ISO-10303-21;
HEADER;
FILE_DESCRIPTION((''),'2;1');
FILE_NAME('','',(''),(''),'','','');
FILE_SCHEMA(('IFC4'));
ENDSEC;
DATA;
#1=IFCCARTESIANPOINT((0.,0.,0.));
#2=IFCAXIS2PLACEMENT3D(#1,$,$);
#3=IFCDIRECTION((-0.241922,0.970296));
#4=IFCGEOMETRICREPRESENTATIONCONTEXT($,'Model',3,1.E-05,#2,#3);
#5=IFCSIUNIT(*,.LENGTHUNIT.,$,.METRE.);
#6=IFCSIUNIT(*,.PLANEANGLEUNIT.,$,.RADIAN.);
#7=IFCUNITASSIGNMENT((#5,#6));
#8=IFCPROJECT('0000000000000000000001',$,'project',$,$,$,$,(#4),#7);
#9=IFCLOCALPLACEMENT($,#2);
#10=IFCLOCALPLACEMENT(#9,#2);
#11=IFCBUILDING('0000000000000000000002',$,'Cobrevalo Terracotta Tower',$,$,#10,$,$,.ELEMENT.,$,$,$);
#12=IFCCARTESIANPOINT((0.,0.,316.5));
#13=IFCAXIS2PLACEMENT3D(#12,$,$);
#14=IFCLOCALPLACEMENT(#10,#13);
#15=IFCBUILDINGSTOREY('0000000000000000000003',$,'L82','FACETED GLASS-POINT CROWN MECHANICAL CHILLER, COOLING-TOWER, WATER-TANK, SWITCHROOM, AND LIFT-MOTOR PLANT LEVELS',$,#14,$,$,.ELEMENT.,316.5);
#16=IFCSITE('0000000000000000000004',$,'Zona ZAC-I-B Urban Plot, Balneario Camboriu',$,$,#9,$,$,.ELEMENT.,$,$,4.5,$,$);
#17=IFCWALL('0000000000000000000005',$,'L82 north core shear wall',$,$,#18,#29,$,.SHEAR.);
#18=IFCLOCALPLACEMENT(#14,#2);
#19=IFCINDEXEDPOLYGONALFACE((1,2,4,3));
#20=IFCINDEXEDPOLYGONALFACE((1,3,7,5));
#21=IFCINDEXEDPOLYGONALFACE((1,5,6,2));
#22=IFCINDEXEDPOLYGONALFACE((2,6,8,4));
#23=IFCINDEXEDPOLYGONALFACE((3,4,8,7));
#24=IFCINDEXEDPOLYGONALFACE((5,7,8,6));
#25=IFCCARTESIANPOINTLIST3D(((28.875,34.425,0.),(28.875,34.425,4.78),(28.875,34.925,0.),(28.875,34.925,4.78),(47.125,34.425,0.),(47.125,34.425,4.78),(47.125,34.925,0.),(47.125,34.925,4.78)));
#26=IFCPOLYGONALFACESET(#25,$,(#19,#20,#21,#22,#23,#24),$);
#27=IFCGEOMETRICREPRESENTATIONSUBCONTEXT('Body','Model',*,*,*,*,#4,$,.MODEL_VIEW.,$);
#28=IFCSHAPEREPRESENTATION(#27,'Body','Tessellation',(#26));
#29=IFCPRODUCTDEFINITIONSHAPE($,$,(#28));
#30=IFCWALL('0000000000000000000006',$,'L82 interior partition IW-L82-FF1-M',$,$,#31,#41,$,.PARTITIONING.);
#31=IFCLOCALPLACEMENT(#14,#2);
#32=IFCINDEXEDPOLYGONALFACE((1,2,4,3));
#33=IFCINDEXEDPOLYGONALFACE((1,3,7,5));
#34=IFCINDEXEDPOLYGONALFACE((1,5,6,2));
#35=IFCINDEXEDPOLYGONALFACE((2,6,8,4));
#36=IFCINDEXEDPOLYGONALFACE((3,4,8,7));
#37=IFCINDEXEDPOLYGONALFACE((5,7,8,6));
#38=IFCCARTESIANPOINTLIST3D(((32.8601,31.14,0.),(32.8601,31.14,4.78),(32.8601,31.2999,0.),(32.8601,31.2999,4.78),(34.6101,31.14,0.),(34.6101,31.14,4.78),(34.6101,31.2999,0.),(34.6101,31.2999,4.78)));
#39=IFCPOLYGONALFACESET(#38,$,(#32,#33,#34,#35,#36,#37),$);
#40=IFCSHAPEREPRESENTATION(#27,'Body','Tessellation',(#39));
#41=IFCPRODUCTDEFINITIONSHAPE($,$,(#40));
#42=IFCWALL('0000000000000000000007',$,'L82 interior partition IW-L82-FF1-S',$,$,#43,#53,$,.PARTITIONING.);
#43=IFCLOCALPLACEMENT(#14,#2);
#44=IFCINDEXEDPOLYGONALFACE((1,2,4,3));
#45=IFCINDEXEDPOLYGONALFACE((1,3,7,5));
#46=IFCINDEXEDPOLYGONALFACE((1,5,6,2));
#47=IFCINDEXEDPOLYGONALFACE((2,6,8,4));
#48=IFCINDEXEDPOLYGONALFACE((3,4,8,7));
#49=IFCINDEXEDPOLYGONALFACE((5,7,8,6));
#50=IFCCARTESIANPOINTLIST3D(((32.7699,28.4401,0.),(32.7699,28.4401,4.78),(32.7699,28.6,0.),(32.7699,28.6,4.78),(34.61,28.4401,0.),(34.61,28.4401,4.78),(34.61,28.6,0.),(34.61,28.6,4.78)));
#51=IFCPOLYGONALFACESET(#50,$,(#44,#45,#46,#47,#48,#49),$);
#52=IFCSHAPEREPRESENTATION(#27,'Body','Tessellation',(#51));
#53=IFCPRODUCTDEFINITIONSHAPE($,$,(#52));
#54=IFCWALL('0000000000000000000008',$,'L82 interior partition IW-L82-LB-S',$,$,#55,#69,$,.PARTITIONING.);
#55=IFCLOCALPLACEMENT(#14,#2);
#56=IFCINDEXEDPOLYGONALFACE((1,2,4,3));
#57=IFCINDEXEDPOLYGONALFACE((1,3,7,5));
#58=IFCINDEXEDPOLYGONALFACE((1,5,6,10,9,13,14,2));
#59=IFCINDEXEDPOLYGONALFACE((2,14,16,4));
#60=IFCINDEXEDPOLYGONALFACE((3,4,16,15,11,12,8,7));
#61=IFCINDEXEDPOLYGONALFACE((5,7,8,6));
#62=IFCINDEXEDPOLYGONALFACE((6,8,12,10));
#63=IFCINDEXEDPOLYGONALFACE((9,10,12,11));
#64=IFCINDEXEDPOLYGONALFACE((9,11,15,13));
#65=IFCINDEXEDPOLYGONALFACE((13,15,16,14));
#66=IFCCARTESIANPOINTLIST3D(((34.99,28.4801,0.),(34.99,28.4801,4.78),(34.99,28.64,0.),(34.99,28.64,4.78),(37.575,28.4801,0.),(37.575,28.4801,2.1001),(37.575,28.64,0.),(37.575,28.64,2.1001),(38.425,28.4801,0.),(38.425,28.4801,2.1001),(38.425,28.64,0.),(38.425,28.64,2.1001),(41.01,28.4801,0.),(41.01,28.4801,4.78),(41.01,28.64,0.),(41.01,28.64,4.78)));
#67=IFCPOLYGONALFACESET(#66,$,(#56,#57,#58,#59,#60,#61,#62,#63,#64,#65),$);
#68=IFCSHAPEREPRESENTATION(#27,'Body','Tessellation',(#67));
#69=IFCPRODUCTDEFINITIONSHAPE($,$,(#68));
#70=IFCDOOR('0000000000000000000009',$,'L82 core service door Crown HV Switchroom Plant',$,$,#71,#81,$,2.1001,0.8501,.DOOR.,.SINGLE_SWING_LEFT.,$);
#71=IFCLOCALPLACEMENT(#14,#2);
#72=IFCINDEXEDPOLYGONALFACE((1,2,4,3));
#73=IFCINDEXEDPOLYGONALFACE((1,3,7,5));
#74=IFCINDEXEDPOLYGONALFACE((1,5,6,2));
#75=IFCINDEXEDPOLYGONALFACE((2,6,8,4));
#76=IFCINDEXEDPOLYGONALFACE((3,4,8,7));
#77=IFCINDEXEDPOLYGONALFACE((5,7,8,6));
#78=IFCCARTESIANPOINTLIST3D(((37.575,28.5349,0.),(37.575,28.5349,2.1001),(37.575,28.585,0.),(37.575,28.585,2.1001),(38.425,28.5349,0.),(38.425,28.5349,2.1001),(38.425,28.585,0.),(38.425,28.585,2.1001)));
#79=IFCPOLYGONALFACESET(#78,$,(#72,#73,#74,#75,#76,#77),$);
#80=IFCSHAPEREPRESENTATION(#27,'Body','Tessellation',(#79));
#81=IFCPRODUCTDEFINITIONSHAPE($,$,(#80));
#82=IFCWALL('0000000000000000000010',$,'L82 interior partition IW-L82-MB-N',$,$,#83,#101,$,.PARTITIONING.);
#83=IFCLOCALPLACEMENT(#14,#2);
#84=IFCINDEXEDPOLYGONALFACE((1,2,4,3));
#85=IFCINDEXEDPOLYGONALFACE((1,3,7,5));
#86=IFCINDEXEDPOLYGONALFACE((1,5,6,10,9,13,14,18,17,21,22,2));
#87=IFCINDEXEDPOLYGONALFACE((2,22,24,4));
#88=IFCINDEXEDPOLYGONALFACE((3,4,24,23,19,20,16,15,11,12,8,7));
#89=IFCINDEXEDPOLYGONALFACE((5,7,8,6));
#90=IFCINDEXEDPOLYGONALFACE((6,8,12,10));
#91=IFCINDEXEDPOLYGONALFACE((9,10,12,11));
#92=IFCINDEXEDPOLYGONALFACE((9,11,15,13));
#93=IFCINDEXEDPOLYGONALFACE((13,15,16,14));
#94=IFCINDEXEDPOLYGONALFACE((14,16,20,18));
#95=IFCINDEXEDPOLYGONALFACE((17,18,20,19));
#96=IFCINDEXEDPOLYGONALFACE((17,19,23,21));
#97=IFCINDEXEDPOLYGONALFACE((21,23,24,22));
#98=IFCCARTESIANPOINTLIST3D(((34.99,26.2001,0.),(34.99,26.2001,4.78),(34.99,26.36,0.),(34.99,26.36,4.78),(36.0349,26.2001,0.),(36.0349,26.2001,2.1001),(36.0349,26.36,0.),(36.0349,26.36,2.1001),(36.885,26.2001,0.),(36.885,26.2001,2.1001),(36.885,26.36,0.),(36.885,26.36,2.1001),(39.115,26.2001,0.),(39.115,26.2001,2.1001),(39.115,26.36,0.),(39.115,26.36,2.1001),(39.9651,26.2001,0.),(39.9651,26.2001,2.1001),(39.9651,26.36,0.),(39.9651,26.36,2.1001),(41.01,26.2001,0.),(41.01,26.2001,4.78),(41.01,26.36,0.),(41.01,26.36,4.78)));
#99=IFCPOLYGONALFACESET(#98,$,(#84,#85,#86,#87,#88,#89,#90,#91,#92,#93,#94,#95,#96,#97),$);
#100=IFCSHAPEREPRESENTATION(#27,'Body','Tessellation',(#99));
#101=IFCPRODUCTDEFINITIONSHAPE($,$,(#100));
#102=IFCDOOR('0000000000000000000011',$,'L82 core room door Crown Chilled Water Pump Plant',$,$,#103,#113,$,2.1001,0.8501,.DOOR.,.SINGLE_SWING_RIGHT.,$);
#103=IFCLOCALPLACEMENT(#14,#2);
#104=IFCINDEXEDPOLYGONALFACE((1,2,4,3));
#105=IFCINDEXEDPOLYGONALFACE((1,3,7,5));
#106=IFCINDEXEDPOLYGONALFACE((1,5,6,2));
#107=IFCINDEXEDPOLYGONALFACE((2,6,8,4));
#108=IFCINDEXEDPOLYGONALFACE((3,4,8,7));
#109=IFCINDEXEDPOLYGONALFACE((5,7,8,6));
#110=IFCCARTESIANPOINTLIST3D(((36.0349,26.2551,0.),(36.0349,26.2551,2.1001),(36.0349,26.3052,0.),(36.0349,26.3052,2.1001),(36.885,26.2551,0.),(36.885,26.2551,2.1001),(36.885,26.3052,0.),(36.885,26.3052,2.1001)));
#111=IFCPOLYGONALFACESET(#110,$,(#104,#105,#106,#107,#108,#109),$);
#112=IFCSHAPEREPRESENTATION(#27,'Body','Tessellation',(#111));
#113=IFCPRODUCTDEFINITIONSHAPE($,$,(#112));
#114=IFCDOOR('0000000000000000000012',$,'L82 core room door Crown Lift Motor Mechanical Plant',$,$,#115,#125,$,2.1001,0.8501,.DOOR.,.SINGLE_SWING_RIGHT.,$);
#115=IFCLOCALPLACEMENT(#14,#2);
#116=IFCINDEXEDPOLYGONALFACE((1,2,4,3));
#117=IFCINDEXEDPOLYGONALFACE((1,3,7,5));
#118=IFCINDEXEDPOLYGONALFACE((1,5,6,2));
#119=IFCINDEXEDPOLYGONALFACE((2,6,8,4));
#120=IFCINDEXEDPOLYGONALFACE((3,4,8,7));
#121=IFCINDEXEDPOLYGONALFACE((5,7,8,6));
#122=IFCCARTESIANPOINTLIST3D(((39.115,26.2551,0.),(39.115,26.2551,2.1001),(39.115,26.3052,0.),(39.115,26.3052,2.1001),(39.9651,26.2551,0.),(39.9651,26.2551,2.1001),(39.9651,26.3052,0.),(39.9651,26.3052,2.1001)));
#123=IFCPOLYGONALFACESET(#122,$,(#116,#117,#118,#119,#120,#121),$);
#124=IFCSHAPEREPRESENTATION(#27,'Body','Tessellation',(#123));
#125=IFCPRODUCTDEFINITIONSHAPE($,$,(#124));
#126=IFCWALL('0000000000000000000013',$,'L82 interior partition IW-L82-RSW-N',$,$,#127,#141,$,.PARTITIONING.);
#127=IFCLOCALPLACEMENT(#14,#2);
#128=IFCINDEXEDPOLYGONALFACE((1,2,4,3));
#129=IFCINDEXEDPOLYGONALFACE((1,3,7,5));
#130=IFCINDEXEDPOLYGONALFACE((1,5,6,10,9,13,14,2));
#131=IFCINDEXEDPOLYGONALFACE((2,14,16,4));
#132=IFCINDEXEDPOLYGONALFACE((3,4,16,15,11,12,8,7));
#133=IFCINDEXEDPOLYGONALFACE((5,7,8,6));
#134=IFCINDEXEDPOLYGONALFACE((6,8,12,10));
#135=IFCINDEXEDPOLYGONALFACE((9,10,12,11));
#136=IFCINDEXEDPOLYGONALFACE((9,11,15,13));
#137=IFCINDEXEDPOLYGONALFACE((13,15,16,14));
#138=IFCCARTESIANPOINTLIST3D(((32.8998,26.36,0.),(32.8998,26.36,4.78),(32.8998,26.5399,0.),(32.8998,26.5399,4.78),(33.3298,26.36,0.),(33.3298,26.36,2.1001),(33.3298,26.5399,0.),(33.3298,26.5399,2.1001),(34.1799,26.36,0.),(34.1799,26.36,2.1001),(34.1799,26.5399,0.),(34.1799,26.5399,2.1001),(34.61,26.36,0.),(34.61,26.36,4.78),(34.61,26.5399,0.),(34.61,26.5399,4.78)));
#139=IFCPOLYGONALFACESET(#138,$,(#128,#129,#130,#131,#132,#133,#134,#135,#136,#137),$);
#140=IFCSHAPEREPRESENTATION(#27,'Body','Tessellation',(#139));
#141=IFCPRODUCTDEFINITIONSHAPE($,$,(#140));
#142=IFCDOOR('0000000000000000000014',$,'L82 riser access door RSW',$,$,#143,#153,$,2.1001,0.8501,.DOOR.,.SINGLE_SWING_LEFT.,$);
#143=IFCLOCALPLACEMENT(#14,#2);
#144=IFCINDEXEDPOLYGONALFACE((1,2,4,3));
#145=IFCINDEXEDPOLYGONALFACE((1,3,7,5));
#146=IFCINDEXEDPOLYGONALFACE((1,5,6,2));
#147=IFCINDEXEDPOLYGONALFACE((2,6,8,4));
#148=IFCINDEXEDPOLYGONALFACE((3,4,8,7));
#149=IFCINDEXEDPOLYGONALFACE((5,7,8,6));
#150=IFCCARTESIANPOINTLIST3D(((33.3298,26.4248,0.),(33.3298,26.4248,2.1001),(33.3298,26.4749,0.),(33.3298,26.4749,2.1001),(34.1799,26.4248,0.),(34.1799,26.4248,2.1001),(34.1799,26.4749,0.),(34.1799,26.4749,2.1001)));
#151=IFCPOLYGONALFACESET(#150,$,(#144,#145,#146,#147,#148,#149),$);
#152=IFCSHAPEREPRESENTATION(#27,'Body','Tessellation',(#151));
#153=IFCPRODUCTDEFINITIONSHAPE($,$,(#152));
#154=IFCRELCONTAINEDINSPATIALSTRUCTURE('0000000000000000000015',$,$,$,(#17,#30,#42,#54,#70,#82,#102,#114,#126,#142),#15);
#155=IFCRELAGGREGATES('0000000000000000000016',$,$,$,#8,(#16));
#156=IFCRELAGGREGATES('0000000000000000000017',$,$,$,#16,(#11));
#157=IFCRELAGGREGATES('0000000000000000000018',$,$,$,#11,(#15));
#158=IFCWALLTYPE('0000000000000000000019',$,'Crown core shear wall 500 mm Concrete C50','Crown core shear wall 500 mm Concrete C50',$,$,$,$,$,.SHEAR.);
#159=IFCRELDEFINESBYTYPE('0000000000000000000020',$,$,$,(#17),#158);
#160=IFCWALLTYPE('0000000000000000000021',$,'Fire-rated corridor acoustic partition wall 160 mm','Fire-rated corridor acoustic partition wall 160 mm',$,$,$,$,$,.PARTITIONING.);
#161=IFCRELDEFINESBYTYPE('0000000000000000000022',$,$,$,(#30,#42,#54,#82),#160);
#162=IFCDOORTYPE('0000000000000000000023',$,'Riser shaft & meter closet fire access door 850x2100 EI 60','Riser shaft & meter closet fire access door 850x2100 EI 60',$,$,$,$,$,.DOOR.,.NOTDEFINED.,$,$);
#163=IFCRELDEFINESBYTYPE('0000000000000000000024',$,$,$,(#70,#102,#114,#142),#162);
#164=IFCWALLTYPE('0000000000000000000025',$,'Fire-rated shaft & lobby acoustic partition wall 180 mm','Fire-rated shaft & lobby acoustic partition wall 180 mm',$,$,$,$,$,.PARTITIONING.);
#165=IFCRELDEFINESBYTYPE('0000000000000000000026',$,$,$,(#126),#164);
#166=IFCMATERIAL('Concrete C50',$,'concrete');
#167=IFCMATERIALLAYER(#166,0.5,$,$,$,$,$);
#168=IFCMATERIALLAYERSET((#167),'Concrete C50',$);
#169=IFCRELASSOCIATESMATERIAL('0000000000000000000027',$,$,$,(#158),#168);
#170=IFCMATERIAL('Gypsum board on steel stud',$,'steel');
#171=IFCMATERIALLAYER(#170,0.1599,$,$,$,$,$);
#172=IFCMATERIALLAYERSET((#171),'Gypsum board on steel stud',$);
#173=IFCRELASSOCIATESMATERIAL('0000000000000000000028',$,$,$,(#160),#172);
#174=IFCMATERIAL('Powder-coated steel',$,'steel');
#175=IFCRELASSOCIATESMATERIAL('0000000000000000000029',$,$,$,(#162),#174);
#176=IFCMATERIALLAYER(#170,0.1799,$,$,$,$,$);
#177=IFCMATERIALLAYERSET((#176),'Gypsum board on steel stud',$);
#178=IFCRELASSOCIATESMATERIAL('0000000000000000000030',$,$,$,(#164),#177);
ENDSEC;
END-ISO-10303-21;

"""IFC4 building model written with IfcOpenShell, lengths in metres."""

from ifc_helpers import new_model, si_unit, direction, frame, frame_2d, origin, place, context, subcontext, project, spatial, rectangle, extrude, source, transform, mapped, material, layer, layer_set, type_object, element, fill, save


model = new_model("IFC4")

# Units and contexts
model_context = context("Model", 3, precision=1e-05, world=origin(), true_north=direction((-0.241922, 0.970296)))
body_context = subcontext(model_context, "Body", "Model", "MODEL_VIEW")
ifc_project = project(units=[si_unit("LENGTHUNIT", "METRE"), si_unit("PLANEANGLEUNIT", "RADIAN")], contexts=[model_context])

# Site, building, storey
site_placement = place(None, origin())
site = spatial("IfcSite", under=ifc_project, at=site_placement, Name="Zona ZAC-I-B Urban Plot, Balneario Camboriu", CompositionType="ELEMENT", RefElevation=4.5)
building_placement = place(site_placement, origin())
building = spatial("IfcBuilding", under=site, at=building_placement, Name="Cobrevalo Terracotta Tower", CompositionType="ELEMENT")
storey_placement = place(building_placement, frame((0.0, 0.0, 316.5)))
storey = spatial("IfcBuildingStorey", under=building, at=storey_placement, Name="L82", Description="FACETED GLASS-POINT CROWN MECHANICAL CHILLER, COOLING-TOWER, WATER-TANK, SWITCHROOM, AND LIFT-MOTOR PLANT LEVELS", CompositionType="ELEMENT", Elevation=316.5)

# Shared definitions
ifc_material_1 = material(Name="Concrete C50", Category="concrete")

# Walls
ifc_layer_1 = layer(ifc_material_1, 0.5)
ifc_layer_set_1 = layer_set([ifc_layer_1], Name="Concrete C50")
wall_type_1 = type_object("IfcWallType", Name="Crown core shear wall 500 mm Concrete C50", Description="Crown core shear wall 500 mm Concrete C50", PredefinedType="SHEAR", material=ifc_layer_set_1)
wall_1_placement = place(storey_placement, frame((28.875, 34.675, 0.0), z_axis=(0.0, 0.0, 1.0), x_axis=(1.0, 0.0, 0.0)))
element("IfcWall", 1, at=wall_1_placement, inside=storey, type_object=wall_type_1, Name="L82 north core shear wall", PredefinedType="SHEAR", context=body_context, shape_type="SweptSolid", body=[
    extrude(rectangle(XDim=18.25, YDim=0.5, at=frame_2d((9.125, 0.0))), origin(), (0.0, 0.0, 1.0), 4.78),
])
ifc_material_2 = material(Name="Gypsum board on steel stud", Category="steel")
ifc_layer_2 = layer(ifc_material_2, 0.1599)
ifc_layer_set_2 = layer_set([ifc_layer_2], Name="Gypsum board on steel stud")
wall_type_2 = type_object("IfcWallType", Name="Fire-rated corridor acoustic partition wall 160 mm", Description="Fire-rated corridor acoustic partition wall 160 mm", PredefinedType="PARTITIONING", material=ifc_layer_set_2)
wall_2_placement = place(storey_placement, frame((32.8601, 31.22, 0.0), z_axis=(0.0, 0.0, 1.0), x_axis=(1.0, 0.0, 0.0)))
element("IfcWall", 2, at=wall_2_placement, inside=storey, type_object=wall_type_2, Name="L82 interior partition IW-L82-FF1-M", PredefinedType="PARTITIONING", context=body_context, shape_type="SweptSolid", body=[
    extrude(rectangle(XDim=1.75, YDim=0.1599, at=frame_2d((0.875, 0.0))), origin(), (0.0, 0.0, 1.0), 4.78),
])
wall_3_placement = place(storey_placement, frame((32.77, 28.52, 0.0), z_axis=(0.0, 0.0, 1.0), x_axis=(1.0, 0.0, 0.0)))
element("IfcWall", 3, at=wall_3_placement, inside=storey, type_object=wall_type_2, Name="L82 interior partition IW-L82-FF1-S", PredefinedType="PARTITIONING", context=body_context, shape_type="SweptSolid", body=[
    extrude(rectangle(XDim=1.8401, YDim=0.1599, at=frame_2d((0.9199, 0.0))), origin(), (0.0, 0.0, 1.0), 4.78),
])

# Wall, opening, door
wall_4_placement = place(storey_placement, frame((34.99, 28.5601, 0.0), z_axis=(0.0, 0.0, 1.0), x_axis=(1.0, 0.0, 0.0)))
wall_4 = element("IfcWall", 4, at=wall_4_placement, inside=storey, type_object=wall_type_2, Name="L82 interior partition IW-L82-LB-S", PredefinedType="PARTITIONING", context=body_context, shape_type="SweptSolid", body=[
    extrude(rectangle(XDim=6.02, YDim=0.1599, at=frame_2d((3.01, 0.0))), origin(), (0.0, 0.0, 1.0), 4.78),
])
opening_1_placement = place(wall_4_placement, frame((2.585, 0.0, 0.0)))
opening_1 = element("IfcOpeningElement", 5, at=opening_1_placement, cuts=wall_4, PredefinedType="OPENING", context=body_context, shape_type="SweptSolid", body=[
    extrude(rectangle(XDim=0.8501, YDim=2.1001, at=frame_2d((0.425, 1.05))), frame((0.0, 0.0898, 0.0), z_axis=(0.0, -1.0, 0.0), x_axis=(1.0, 0.0, 0.0)), (0.0, 0.0, 1.0), 0.1799),
])
ifc_material_3 = material(Name="Powder-coated steel", Category="steel")
door_type_1 = type_object("IfcDoorType", Name="Riser shaft & meter closet fire access door 850x2100 EI 60", Description="Riser shaft & meter closet fire access door 850x2100 EI 60", OperationType="NOTDEFINED", PredefinedType="DOOR", material=ifc_material_3)
shared_shape_1 = source(origin(), body_context, "Body", "SweptSolid", [
    extrude(rectangle(XDim=0.8501, YDim=2.1001, at=frame_2d((0.425, 1.05))), frame((0.0, 0.0249, 0.0), z_axis=(0.0, -1.0, 0.0), x_axis=(1.0, 0.0, 0.0)), (0.0, 0.0, 1.0), 0.05),
])
door_1_placement = place(opening_1_placement, origin())
door_1 = element("IfcDoor", 6, at=door_1_placement, inside=storey, type_object=door_type_1, Name="L82 core service door Crown HV Switchroom Plant", OperationType="SINGLE_SWING_LEFT", OverallHeight=2.1001, OverallWidth=0.8501, PredefinedType="DOOR", context=body_context, shape_type="MappedRepresentation", body=[
    mapped(shared_shape_1, transform((0.0, 0.0, 0.0), scale=1.0)),
])
fill(opening_1, door_1)

# Wall, openings, doors
wall_5_placement = place(storey_placement, frame((34.99, 26.28, 0.0), z_axis=(0.0, 0.0, 1.0), x_axis=(1.0, 0.0, 0.0)))
wall_5 = element("IfcWall", 7, at=wall_5_placement, inside=storey, type_object=wall_type_2, Name="L82 interior partition IW-L82-MB-N", PredefinedType="PARTITIONING", context=body_context, shape_type="SweptSolid", body=[
    extrude(rectangle(XDim=6.02, YDim=0.1599, at=frame_2d((3.01, 0.0))), origin(), (0.0, 0.0, 1.0), 4.78),
])
opening_2_placement = place(wall_5_placement, frame((1.0449, 0.0, 0.0)))
opening_2 = element("IfcOpeningElement", 8, at=opening_2_placement, cuts=wall_5, PredefinedType="OPENING", context=body_context, shape_type="SweptSolid", body=[
    extrude(rectangle(XDim=0.8501, YDim=2.1001, at=frame_2d((0.425, 1.05))), frame((0.0, 0.0898, 0.0), z_axis=(0.0, -1.0, 0.0), x_axis=(1.0, 0.0, 0.0)), (0.0, 0.0, 1.0), 0.1799),
])
opening_3_placement = place(wall_5_placement, frame((4.125, 0.0, 0.0)))
opening_3 = element("IfcOpeningElement", 9, at=opening_3_placement, cuts=wall_5, PredefinedType="OPENING", context=body_context, shape_type="SweptSolid", body=[
    extrude(rectangle(XDim=0.8501, YDim=2.1001, at=frame_2d((0.425, 1.05))), frame((0.0, 0.0898, 0.0), z_axis=(0.0, -1.0, 0.0), x_axis=(1.0, 0.0, 0.0)), (0.0, 0.0, 1.0), 0.1799),
])
door_2_placement = place(opening_2_placement, frame((0.8501, 0.0, 0.0), z_axis=(0.0, 0.0, 1.0), x_axis=(-1.0, 0.0, 0.0)))
door_2 = element("IfcDoor", 10, at=door_2_placement, inside=storey, type_object=door_type_1, Name="L82 core room door Crown Chilled Water Pump Plant", OperationType="SINGLE_SWING_RIGHT", OverallHeight=2.1001, OverallWidth=0.8501, PredefinedType="DOOR", context=body_context, shape_type="MappedRepresentation", body=[
    mapped(shared_shape_1, transform((0.0, 0.0, 0.0), scale=1.0)),
])
fill(opening_2, door_2)
door_3_placement = place(opening_3_placement, frame((0.8501, 0.0, 0.0), z_axis=(0.0, 0.0, 1.0), x_axis=(-1.0, 0.0, 0.0)))
door_3 = element("IfcDoor", 11, at=door_3_placement, inside=storey, type_object=door_type_1, Name="L82 core room door Crown Lift Motor Mechanical Plant", OperationType="SINGLE_SWING_RIGHT", OverallHeight=2.1001, OverallWidth=0.8501, PredefinedType="DOOR", context=body_context, shape_type="MappedRepresentation", body=[
    mapped(shared_shape_1, transform((0.0, 0.0, 0.0), scale=1.0)),
])
fill(opening_3, door_3)

# Wall, opening, door
ifc_layer_3 = layer(ifc_material_2, 0.1799)
ifc_layer_set_3 = layer_set([ifc_layer_3], Name="Gypsum board on steel stud")
wall_type_3 = type_object("IfcWallType", Name="Fire-rated shaft & lobby acoustic partition wall 180 mm", Description="Fire-rated shaft & lobby acoustic partition wall 180 mm", PredefinedType="PARTITIONING", material=ifc_layer_set_3)
wall_6_placement = place(storey_placement, frame((32.8999, 26.45, 0.0), z_axis=(0.0, 0.0, 1.0), x_axis=(1.0, 0.0, 0.0)))
wall_6 = element("IfcWall", 12, at=wall_6_placement, inside=storey, type_object=wall_type_3, Name="L82 interior partition IW-L82-RSW-N", PredefinedType="PARTITIONING", context=body_context, shape_type="SweptSolid", body=[
    extrude(rectangle(XDim=1.7102, YDim=0.1799, at=frame_2d((0.855, 0.0))), origin(), (0.0, 0.0, 1.0), 4.78),
])
opening_4_placement = place(wall_6_placement, frame((0.4299, 0.0, 0.0)))
opening_4 = element("IfcOpeningElement", 13, at=opening_4_placement, cuts=wall_6, PredefinedType="OPENING", context=body_context, shape_type="SweptSolid", body=[
    extrude(rectangle(XDim=0.8501, YDim=2.1001, at=frame_2d((0.425, 1.05))), frame((0.0, 0.1001, 0.0), z_axis=(0.0, -1.0, 0.0), x_axis=(1.0, 0.0, 0.0)), (0.0, 0.0, 1.0), 0.2),
])
door_4_placement = place(opening_4_placement, origin())
door_4 = element("IfcDoor", 14, at=door_4_placement, inside=storey, type_object=door_type_1, Name="L82 riser access door RSW", OperationType="SINGLE_SWING_LEFT", OverallHeight=2.1001, OverallWidth=0.8501, PredefinedType="DOOR", context=body_context, shape_type="MappedRepresentation", body=[
    mapped(shared_shape_1, transform((0.0, 0.0, 0.0), scale=1.0)),
])
fill(opening_4, door_4)

save(model, "model.ifc")
